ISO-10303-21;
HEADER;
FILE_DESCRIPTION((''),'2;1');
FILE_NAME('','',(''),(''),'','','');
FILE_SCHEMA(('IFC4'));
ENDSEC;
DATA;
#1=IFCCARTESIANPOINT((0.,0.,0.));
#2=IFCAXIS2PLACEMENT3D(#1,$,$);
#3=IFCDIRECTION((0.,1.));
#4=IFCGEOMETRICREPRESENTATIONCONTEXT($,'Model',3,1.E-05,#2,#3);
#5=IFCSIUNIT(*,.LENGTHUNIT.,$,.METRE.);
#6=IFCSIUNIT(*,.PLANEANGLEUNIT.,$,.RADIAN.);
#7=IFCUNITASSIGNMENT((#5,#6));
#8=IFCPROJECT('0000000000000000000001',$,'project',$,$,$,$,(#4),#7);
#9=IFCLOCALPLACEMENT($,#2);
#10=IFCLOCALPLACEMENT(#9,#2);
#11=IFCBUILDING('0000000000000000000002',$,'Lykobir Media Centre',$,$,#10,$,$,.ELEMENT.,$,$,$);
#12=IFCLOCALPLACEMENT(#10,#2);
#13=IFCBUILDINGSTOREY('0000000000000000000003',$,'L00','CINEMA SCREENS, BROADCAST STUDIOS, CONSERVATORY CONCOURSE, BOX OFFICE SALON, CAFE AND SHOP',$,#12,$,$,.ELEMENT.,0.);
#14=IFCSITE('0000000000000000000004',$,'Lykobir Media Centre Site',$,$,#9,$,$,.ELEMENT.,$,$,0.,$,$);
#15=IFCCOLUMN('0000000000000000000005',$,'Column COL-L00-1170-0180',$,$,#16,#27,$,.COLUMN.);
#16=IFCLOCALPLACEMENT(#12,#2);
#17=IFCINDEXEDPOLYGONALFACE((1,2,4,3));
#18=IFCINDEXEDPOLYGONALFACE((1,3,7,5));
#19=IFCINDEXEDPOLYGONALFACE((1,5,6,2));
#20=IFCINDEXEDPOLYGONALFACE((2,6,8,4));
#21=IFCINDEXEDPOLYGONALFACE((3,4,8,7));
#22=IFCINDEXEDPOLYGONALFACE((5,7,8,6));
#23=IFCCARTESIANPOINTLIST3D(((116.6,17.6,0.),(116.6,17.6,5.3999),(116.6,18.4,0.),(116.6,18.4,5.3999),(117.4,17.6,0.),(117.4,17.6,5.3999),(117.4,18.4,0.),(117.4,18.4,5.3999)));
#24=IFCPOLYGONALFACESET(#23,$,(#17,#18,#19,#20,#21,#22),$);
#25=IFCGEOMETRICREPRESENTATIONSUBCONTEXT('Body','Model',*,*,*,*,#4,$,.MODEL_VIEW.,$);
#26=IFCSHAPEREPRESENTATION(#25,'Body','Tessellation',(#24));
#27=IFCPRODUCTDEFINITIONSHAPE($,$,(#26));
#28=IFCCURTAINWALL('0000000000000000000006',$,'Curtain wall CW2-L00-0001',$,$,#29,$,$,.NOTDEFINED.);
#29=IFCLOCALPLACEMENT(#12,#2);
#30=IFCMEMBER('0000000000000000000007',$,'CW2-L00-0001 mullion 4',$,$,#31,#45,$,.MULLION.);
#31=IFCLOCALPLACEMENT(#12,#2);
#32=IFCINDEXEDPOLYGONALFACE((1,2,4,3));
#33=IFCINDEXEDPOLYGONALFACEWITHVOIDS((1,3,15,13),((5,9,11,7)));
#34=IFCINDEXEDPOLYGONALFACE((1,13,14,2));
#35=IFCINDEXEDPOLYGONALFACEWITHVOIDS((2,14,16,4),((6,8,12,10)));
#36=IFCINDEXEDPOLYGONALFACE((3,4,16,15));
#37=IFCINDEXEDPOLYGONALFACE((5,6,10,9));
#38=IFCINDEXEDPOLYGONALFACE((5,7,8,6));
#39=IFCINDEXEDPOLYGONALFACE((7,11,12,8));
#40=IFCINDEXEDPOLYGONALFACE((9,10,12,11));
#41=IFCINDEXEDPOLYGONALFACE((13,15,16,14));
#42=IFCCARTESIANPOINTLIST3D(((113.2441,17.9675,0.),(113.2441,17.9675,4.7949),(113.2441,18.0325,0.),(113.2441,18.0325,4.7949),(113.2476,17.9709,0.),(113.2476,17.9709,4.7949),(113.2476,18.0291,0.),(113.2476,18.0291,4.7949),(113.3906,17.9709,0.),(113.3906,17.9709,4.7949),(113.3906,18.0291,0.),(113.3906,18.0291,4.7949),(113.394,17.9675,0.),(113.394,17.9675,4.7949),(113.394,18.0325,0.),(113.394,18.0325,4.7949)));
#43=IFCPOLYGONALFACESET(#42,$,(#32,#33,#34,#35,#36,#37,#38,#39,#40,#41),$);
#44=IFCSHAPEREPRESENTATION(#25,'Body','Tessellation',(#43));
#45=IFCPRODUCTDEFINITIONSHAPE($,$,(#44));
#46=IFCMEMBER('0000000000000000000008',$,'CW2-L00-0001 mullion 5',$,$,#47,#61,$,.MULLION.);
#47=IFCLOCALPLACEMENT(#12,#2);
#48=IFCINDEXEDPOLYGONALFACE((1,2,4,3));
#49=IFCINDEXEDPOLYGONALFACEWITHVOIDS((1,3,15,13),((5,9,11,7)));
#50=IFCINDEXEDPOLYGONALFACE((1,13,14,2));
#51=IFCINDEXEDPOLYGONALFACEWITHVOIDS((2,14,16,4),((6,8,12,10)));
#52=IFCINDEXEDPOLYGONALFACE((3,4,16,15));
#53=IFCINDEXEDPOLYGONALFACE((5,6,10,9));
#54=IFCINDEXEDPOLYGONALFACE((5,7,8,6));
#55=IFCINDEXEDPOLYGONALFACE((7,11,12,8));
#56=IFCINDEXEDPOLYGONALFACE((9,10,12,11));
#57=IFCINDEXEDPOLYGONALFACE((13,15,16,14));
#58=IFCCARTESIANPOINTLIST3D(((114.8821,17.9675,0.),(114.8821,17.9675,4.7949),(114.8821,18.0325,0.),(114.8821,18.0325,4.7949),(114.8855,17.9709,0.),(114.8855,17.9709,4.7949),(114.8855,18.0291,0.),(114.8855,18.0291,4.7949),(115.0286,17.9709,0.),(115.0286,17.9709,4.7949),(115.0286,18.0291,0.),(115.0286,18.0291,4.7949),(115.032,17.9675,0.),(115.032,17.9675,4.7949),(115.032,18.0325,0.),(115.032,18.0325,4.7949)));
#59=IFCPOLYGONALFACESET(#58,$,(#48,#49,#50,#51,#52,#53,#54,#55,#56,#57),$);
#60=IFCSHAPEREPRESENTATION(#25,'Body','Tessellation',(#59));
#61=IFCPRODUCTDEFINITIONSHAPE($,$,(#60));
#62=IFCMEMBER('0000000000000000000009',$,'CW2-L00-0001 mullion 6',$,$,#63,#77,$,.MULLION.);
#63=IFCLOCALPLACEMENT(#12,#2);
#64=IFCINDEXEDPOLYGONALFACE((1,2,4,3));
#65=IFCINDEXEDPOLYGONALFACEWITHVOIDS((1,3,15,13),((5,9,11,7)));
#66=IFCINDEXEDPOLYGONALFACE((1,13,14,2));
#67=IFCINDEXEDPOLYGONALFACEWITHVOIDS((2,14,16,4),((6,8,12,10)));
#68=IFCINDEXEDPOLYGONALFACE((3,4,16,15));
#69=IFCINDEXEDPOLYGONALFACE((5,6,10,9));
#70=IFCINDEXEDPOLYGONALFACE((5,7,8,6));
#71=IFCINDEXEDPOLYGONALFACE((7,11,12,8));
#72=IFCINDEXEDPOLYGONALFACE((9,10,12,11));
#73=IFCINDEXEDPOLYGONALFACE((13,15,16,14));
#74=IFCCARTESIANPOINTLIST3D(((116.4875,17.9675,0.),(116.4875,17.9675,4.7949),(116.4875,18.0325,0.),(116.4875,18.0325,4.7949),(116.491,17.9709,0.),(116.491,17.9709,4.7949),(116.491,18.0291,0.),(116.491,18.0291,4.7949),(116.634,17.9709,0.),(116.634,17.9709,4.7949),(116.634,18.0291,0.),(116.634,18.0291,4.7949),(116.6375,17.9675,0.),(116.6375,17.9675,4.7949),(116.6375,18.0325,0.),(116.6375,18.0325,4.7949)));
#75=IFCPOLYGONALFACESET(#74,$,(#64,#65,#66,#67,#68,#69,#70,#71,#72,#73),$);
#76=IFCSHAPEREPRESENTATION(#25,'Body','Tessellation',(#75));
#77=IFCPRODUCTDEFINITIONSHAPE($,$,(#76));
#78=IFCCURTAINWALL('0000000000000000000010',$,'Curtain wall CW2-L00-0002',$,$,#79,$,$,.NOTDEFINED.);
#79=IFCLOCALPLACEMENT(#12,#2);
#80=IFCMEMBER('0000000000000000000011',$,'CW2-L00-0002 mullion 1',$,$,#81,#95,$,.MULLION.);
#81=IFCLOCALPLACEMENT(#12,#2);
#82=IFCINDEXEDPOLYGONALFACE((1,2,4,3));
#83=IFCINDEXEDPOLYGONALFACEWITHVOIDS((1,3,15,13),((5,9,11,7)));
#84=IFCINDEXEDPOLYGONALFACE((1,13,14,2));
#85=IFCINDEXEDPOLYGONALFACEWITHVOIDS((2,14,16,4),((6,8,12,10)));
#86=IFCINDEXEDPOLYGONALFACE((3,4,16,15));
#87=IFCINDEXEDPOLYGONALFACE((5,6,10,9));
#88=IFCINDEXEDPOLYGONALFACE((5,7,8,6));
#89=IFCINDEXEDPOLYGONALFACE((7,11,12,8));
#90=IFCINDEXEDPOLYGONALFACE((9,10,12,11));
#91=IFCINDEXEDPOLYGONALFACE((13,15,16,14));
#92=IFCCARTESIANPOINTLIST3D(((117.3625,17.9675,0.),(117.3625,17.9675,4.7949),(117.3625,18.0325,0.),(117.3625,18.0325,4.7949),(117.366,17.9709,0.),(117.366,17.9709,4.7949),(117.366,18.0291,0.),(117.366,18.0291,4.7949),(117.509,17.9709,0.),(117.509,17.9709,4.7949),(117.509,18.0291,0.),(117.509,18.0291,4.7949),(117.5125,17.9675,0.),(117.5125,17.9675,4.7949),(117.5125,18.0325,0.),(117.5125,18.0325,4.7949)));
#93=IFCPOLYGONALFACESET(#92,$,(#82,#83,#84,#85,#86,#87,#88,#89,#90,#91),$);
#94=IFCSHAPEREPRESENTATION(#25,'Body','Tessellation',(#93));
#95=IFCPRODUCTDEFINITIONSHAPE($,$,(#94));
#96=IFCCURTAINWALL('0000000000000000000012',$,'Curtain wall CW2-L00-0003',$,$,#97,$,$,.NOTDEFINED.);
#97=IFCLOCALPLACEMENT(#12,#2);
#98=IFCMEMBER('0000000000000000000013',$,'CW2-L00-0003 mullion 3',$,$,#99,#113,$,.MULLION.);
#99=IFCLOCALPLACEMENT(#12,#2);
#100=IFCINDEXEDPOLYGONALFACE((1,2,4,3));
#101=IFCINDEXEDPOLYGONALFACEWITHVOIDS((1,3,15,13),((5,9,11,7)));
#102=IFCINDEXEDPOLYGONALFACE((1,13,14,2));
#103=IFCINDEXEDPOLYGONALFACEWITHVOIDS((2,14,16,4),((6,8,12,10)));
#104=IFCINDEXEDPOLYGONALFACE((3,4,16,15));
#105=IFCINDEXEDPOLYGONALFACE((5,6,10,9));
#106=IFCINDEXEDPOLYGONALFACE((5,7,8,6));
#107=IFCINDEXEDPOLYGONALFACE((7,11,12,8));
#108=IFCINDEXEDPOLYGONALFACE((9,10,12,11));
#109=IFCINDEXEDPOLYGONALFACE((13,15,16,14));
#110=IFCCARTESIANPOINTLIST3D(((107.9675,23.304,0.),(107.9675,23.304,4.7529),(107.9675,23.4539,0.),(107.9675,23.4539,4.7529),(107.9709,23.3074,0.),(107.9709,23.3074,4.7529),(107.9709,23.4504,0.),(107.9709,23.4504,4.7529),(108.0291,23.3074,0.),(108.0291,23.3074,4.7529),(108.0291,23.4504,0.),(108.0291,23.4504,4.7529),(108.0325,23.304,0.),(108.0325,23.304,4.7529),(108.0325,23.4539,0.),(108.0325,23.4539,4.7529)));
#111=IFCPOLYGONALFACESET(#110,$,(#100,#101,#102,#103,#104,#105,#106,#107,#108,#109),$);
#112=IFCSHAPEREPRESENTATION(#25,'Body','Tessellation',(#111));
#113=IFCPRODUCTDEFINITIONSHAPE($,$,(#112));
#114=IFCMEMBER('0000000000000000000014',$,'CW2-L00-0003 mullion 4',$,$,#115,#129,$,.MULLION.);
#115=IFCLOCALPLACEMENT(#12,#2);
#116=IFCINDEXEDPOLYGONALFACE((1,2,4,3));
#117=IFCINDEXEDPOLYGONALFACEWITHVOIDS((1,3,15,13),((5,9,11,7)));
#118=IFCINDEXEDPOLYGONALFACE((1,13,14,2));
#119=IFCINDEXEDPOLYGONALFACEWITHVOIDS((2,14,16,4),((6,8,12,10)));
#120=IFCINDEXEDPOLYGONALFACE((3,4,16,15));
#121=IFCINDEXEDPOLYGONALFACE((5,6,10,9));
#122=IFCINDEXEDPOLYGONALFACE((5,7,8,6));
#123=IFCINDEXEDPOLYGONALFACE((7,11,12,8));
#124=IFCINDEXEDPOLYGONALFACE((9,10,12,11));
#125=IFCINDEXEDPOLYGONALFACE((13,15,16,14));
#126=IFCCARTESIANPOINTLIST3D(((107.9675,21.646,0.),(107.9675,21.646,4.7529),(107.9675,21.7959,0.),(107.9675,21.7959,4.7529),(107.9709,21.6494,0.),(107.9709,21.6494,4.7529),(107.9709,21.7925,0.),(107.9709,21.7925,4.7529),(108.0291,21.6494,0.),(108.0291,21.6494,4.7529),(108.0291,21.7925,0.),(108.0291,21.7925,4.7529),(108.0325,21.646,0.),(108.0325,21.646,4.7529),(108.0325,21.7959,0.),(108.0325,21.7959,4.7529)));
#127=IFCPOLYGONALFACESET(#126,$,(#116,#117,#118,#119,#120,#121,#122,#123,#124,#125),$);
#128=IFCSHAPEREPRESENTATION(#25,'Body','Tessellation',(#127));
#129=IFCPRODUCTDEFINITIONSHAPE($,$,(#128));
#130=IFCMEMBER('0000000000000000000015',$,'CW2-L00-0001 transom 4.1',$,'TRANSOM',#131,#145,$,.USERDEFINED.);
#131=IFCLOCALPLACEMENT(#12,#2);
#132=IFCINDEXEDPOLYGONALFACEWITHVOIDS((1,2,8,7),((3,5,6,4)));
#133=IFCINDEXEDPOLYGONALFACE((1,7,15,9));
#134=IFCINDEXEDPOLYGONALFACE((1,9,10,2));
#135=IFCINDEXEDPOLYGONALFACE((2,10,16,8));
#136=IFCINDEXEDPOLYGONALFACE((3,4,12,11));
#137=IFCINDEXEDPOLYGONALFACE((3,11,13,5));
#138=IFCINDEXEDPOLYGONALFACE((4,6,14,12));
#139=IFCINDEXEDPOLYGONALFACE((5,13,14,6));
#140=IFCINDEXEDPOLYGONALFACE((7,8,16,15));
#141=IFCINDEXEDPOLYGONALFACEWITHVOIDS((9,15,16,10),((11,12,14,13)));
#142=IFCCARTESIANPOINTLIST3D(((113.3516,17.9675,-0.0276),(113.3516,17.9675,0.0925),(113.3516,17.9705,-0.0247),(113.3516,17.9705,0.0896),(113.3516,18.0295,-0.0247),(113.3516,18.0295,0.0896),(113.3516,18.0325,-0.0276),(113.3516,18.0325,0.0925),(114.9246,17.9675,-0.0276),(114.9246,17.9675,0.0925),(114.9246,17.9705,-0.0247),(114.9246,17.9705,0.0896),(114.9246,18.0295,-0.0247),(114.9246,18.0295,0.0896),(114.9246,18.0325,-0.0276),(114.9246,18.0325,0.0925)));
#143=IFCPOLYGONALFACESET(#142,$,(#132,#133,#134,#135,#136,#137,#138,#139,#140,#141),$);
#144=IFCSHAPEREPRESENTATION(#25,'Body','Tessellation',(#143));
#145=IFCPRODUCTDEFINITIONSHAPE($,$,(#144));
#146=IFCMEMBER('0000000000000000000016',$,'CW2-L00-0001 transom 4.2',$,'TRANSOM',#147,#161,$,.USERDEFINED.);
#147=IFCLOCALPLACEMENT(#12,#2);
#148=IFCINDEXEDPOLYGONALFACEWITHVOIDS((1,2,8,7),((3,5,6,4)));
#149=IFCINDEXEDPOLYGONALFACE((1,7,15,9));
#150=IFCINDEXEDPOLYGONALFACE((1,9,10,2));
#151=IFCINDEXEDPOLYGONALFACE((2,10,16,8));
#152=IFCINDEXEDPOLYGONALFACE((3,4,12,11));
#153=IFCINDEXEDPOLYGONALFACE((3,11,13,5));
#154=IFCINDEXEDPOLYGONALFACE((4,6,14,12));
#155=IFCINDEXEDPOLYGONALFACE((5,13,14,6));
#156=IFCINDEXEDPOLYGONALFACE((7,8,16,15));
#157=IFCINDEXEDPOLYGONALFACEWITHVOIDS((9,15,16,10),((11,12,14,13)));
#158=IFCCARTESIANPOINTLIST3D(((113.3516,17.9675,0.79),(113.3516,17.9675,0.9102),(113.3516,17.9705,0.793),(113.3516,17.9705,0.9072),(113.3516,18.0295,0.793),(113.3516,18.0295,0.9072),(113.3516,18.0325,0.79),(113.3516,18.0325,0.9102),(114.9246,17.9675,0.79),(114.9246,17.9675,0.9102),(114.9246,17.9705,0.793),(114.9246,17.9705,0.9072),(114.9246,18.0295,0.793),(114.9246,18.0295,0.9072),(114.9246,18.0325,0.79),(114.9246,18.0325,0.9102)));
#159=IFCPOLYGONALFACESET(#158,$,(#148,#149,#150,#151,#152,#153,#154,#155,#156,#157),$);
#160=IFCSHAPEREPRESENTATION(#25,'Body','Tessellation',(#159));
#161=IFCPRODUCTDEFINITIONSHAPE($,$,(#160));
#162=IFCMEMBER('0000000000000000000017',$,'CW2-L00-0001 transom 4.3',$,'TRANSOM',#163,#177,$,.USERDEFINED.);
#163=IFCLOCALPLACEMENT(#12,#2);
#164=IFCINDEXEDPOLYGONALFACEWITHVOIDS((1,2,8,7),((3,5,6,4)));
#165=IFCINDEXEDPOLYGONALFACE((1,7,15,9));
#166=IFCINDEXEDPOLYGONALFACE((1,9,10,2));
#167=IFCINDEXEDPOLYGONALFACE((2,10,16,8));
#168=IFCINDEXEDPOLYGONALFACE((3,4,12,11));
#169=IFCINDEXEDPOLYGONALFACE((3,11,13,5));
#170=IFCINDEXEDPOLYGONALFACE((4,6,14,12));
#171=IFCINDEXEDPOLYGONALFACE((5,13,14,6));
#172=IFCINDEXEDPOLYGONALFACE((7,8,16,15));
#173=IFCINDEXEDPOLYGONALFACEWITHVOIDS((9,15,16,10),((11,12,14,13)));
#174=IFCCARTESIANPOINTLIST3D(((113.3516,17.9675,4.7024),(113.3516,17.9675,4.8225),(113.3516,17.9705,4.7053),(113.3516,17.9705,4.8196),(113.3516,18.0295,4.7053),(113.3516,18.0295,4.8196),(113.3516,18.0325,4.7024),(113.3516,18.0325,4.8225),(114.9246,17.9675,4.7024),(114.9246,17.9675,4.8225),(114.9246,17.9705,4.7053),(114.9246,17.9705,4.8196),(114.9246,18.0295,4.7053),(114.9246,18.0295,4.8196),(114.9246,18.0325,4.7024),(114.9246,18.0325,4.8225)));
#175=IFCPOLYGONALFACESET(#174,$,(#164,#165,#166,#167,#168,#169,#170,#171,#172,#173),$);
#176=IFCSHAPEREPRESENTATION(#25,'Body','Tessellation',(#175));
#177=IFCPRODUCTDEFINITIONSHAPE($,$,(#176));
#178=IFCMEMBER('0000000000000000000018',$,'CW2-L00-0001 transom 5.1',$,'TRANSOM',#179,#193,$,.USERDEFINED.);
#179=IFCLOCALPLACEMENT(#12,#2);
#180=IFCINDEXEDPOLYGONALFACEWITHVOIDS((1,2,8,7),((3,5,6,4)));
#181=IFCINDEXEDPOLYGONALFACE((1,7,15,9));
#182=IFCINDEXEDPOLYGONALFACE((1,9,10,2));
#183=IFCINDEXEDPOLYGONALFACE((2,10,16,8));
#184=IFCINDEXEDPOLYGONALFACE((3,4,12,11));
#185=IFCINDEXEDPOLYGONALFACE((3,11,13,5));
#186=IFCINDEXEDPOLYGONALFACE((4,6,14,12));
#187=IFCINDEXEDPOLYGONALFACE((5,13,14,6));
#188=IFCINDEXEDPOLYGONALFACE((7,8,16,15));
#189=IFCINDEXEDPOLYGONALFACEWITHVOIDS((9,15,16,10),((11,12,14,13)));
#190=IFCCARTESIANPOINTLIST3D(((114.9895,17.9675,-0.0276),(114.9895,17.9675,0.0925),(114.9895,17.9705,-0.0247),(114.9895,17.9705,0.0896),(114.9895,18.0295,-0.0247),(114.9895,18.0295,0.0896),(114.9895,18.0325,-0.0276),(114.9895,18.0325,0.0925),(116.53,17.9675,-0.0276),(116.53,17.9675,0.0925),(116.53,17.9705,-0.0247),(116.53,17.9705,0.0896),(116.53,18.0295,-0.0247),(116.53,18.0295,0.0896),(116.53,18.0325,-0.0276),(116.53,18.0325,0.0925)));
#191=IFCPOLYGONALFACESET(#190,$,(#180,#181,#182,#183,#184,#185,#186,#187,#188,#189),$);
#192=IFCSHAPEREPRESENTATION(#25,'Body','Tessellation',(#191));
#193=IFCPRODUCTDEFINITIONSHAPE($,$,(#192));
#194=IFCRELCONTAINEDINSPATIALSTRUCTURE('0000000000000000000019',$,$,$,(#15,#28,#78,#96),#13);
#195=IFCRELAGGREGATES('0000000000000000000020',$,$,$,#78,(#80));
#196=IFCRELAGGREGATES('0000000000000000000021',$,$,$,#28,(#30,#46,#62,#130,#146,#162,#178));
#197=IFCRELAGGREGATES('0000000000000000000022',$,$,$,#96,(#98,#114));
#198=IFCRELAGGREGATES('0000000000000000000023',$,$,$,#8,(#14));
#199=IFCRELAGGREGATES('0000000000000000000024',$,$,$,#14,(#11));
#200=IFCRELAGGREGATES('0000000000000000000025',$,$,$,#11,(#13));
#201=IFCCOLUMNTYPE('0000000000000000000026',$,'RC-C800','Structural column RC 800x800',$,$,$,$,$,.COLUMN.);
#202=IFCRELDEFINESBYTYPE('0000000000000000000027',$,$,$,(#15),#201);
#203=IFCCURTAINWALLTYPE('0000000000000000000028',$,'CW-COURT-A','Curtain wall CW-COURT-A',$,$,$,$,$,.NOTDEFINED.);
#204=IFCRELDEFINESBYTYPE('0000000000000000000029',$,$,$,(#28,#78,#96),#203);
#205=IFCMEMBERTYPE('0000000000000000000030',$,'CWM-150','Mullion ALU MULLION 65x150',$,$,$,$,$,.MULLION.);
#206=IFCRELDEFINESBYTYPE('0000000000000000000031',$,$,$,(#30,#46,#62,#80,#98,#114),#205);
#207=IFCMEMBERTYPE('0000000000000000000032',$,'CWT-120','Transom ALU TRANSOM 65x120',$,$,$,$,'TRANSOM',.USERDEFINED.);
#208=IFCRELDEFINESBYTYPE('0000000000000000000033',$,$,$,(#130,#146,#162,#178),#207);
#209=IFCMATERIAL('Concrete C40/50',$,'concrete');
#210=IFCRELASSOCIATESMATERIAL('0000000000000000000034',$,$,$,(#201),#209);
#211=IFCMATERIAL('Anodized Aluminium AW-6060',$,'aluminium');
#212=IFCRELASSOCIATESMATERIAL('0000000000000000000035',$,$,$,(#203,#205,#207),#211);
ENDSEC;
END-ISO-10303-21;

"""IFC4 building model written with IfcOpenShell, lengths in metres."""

from ifc_helpers import new_model, si_unit, direction, frame, origin, origin_2d, place, context, subcontext, project, spatial, rectangle, hollow_rectangle, extrude, material, material_profile, profile_set, type_object, element, aggregate, save


model = new_model("IFC4")

# Units and contexts
model_context = context("Model", 3, precision=1e-05, world=origin(), true_north=direction((0.0, 1.0)))
body_context = subcontext(model_context, "Body", "Model", "MODEL_VIEW")
ifc_project = project(units=[si_unit("LENGTHUNIT", "METRE"), si_unit("PLANEANGLEUNIT", "RADIAN")], contexts=[model_context])

# Site, building, storey
site_placement = place(None, origin())
site = spatial("IfcSite", under=ifc_project, at=site_placement, Name="Lykobir Media Centre Site", CompositionType="ELEMENT", RefElevation=0.0)
building_placement = place(site_placement, origin())
building = spatial("IfcBuilding", under=site, at=building_placement, Name="Lykobir Media Centre", CompositionType="ELEMENT")
storey_placement = place(building_placement, origin())
storey = spatial("IfcBuildingStorey", under=building, at=storey_placement, Name="L00", Description="CINEMA SCREENS, BROADCAST STUDIOS, CONSERVATORY CONCOURSE, BOX OFFICE SALON, CAFE AND SHOP", CompositionType="ELEMENT", Elevation=0.0)

# Column
ifc_material_1 = material(Name="Concrete C40/50", Category="concrete")
ifc_material_profile_1 = material_profile(ifc_material_1, rectangle(XDim=0.8, YDim=0.8, at=origin_2d()), Name="RC 800x800")
ifc_profile_set_1 = profile_set([ifc_material_profile_1], Name="Concrete C40/50")
column_type = type_object("IfcColumnType", Name="RC-C800", Description="Structural column RC 800x800", PredefinedType="COLUMN", material=ifc_profile_set_1)
column_placement = place(storey_placement, frame((117.0, 18.0, 0.0), z_axis=(0.0, 0.0, 1.0), x_axis=(1.0, 0.0, 0.0)))
element("IfcColumn", 1, at=column_placement, inside=storey, type_object=column_type, Name="Column COL-L00-1170-0180", PredefinedType="COLUMN", context=body_context, shape_type="SweptSolid", body=[
    extrude(rectangle(XDim=0.8, YDim=0.8, at=origin_2d()), origin(), (0.0, 0.0, 1.0), 5.3999),
])

# Curtain wall, members
ifc_material_2 = material(Name="Anodized Aluminium AW-6060", Category="aluminium")
curtain_wall_type = type_object("IfcCurtainWallType", Name="CW-COURT-A", Description="Curtain wall CW-COURT-A", PredefinedType="NOTDEFINED", material=ifc_material_2)
curtain_wall_1_placement = place(storey_placement, origin())
curtain_wall_1 = element("IfcCurtainWall", 2, at=curtain_wall_1_placement, inside=storey, type_object=curtain_wall_type, Name="Curtain wall CW2-L00-0001", PredefinedType="NOTDEFINED")
ifc_material_profile_2 = material_profile(ifc_material_2, hollow_rectangle(XDim=0.0649, YDim=0.1499, WallThickness=0.0034, at=origin_2d()), Name="ALU MULLION 65x150")
ifc_profile_set_2 = profile_set([ifc_material_profile_2], Name="Anodized Aluminium AW-6060")
member_type_1 = type_object("IfcMemberType", Name="CWM-150", Description="Mullion ALU MULLION 65x150", PredefinedType="MULLION", material=ifc_profile_set_2)
member_1_placement = place(storey_placement, frame((113.3191, 18.0, 0.0), z_axis=(0.0, 0.0, 1.0), x_axis=(0.0, 1.0, 0.0)))
member_1 = element("IfcMember", 3, at=member_1_placement, type_object=member_type_1, Name="CW2-L00-0001 mullion 4", PredefinedType="MULLION", context=body_context, shape_type="SweptSolid", body=[
    extrude(hollow_rectangle(XDim=0.0649, YDim=0.1499, WallThickness=0.0034, at=origin_2d()), origin(), (0.0, 0.0, 1.0), 4.7949),
])
member_2_placement = place(storey_placement, frame((114.957, 18.0, 0.0), z_axis=(0.0, 0.0, 1.0), x_axis=(0.0, 1.0, 0.0)))
member_2 = element("IfcMember", 4, at=member_2_placement, type_object=member_type_1, Name="CW2-L00-0001 mullion 5", PredefinedType="MULLION", context=body_context, shape_type="SweptSolid", body=[
    extrude(hollow_rectangle(XDim=0.0649, YDim=0.1499, WallThickness=0.0034, at=origin_2d()), origin(), (0.0, 0.0, 1.0), 4.7949),
])
member_3_placement = place(storey_placement, frame((116.5625, 18.0, 0.0), z_axis=(0.0, 0.0, 1.0), x_axis=(0.0, 1.0, 0.0)))
member_3 = element("IfcMember", 5, at=member_3_placement, type_object=member_type_1, Name="CW2-L00-0001 mullion 6", PredefinedType="MULLION", context=body_context, shape_type="SweptSolid", body=[
    extrude(hollow_rectangle(XDim=0.0649, YDim=0.1499, WallThickness=0.0034, at=origin_2d()), origin(), (0.0, 0.0, 1.0), 4.7949),
])

# Curtain wall, member
curtain_wall_2_placement = place(storey_placement, origin())
curtain_wall_2 = element("IfcCurtainWall", 6, at=curtain_wall_2_placement, inside=storey, type_object=curtain_wall_type, Name="Curtain wall CW2-L00-0002", PredefinedType="NOTDEFINED")
member_4_placement = place(storey_placement, frame((117.4375, 18.0, 0.0), z_axis=(0.0, 0.0, 1.0), x_axis=(0.0, 1.0, 0.0)))
member_4 = element("IfcMember", 7, at=member_4_placement, type_object=member_type_1, Name="CW2-L00-0002 mullion 1", PredefinedType="MULLION", context=body_context, shape_type="SweptSolid", body=[
    extrude(hollow_rectangle(XDim=0.0649, YDim=0.1499, WallThickness=0.0034, at=origin_2d()), origin(), (0.0, 0.0, 1.0), 4.7949),
])

# Curtain wall, members
curtain_wall_3_placement = place(storey_placement, origin())
curtain_wall_3 = element("IfcCurtainWall", 8, at=curtain_wall_3_placement, inside=storey, type_object=curtain_wall_type, Name="Curtain wall CW2-L00-0003", PredefinedType="NOTDEFINED")
member_5_placement = place(storey_placement, frame((108.0, 23.3789, 0.0), z_axis=(0.0, 0.0, 1.0), x_axis=(1.0, 0.0, 0.0)))
member_5 = element("IfcMember", 9, at=member_5_placement, type_object=member_type_1, Name="CW2-L00-0003 mullion 3", PredefinedType="MULLION", context=body_context, shape_type="SweptSolid", body=[
    extrude(hollow_rectangle(XDim=0.0649, YDim=0.1499, WallThickness=0.0034, at=origin_2d()), origin(), (0.0, 0.0, 1.0), 4.7529),
])
member_6_placement = place(storey_placement, frame((108.0, 21.7209, 0.0), z_axis=(0.0, 0.0, 1.0), x_axis=(1.0, 0.0, 0.0)))
member_6 = element("IfcMember", 10, at=member_6_placement, type_object=member_type_1, Name="CW2-L00-0003 mullion 4", PredefinedType="MULLION", context=body_context, shape_type="SweptSolid", body=[
    extrude(hollow_rectangle(XDim=0.0649, YDim=0.1499, WallThickness=0.0034, at=origin_2d()), origin(), (0.0, 0.0, 1.0), 4.7529),
])

# Members
ifc_material_profile_3 = material_profile(ifc_material_2, hollow_rectangle(XDim=0.0649, YDim=0.1201, WallThickness=0.0029, at=origin_2d()), Name="ALU TRANSOM 65x120")
ifc_profile_set_3 = profile_set([ifc_material_profile_3], Name="Anodized Aluminium AW-6060")
member_type_2 = type_object("IfcMemberType", Name="CWT-120", Description="Transom ALU TRANSOM 65x120", ElementType="TRANSOM", PredefinedType="USERDEFINED", material=ifc_profile_set_3)
member_7_placement = place(storey_placement, frame((113.3516, 18.0, 0.0325), z_axis=(1.0, 0.0, 0.0), x_axis=(0.0, 1.0, 0.0)))
member_7 = element("IfcMember", 11, at=member_7_placement, type_object=member_type_2, Name="CW2-L00-0001 transom 4.1", ObjectType="TRANSOM", PredefinedType="USERDEFINED", context=body_context, shape_type="SweptSolid", body=[
    extrude(hollow_rectangle(XDim=0.0649, YDim=0.1201, WallThickness=0.0029, at=origin_2d()), origin(), (0.0, 0.0, 1.0), 1.573),
])
member_8_placement = place(storey_placement, frame((113.3516, 18.0, 0.8501), z_axis=(1.0, 0.0, 0.0), x_axis=(0.0, 1.0, 0.0)))
member_8 = element("IfcMember", 12, at=member_8_placement, type_object=member_type_2, Name="CW2-L00-0001 transom 4.2", ObjectType="TRANSOM", PredefinedType="USERDEFINED", context=body_context, shape_type="SweptSolid", body=[
    extrude(hollow_rectangle(XDim=0.0649, YDim=0.1201, WallThickness=0.0029, at=origin_2d()), origin(), (0.0, 0.0, 1.0), 1.573),
])
member_9_placement = place(storey_placement, frame((113.3516, 18.0, 4.7625), z_axis=(1.0, 0.0, 0.0), x_axis=(0.0, 1.0, 0.0)))
member_9 = element("IfcMember", 13, at=member_9_placement, type_object=member_type_2, Name="CW2-L00-0001 transom 4.3", ObjectType="TRANSOM", PredefinedType="USERDEFINED", context=body_context, shape_type="SweptSolid", body=[
    extrude(hollow_rectangle(XDim=0.0649, YDim=0.1201, WallThickness=0.0029, at=origin_2d()), origin(), (0.0, 0.0, 1.0), 1.573),
])
member_10_placement = place(storey_placement, frame((114.9895, 18.0, 0.0325), z_axis=(1.0, 0.0, 0.0), x_axis=(0.0, 1.0, 0.0)))
member_10 = element("IfcMember", 14, at=member_10_placement, type_object=member_type_2, Name="CW2-L00-0001 transom 5.1", ObjectType="TRANSOM", PredefinedType="USERDEFINED", context=body_context, shape_type="SweptSolid", body=[
    extrude(hollow_rectangle(XDim=0.0649, YDim=0.1201, WallThickness=0.0029, at=origin_2d()), origin(), (0.0, 0.0, 1.0), 1.5405),
])
aggregate(curtain_wall_2, [member_4])

aggregate(curtain_wall_1, [member_1, member_2, member_3, member_7, member_8, member_9, member_10])
aggregate(curtain_wall_3, [member_5, member_6])

save(model, "model.ifc")
